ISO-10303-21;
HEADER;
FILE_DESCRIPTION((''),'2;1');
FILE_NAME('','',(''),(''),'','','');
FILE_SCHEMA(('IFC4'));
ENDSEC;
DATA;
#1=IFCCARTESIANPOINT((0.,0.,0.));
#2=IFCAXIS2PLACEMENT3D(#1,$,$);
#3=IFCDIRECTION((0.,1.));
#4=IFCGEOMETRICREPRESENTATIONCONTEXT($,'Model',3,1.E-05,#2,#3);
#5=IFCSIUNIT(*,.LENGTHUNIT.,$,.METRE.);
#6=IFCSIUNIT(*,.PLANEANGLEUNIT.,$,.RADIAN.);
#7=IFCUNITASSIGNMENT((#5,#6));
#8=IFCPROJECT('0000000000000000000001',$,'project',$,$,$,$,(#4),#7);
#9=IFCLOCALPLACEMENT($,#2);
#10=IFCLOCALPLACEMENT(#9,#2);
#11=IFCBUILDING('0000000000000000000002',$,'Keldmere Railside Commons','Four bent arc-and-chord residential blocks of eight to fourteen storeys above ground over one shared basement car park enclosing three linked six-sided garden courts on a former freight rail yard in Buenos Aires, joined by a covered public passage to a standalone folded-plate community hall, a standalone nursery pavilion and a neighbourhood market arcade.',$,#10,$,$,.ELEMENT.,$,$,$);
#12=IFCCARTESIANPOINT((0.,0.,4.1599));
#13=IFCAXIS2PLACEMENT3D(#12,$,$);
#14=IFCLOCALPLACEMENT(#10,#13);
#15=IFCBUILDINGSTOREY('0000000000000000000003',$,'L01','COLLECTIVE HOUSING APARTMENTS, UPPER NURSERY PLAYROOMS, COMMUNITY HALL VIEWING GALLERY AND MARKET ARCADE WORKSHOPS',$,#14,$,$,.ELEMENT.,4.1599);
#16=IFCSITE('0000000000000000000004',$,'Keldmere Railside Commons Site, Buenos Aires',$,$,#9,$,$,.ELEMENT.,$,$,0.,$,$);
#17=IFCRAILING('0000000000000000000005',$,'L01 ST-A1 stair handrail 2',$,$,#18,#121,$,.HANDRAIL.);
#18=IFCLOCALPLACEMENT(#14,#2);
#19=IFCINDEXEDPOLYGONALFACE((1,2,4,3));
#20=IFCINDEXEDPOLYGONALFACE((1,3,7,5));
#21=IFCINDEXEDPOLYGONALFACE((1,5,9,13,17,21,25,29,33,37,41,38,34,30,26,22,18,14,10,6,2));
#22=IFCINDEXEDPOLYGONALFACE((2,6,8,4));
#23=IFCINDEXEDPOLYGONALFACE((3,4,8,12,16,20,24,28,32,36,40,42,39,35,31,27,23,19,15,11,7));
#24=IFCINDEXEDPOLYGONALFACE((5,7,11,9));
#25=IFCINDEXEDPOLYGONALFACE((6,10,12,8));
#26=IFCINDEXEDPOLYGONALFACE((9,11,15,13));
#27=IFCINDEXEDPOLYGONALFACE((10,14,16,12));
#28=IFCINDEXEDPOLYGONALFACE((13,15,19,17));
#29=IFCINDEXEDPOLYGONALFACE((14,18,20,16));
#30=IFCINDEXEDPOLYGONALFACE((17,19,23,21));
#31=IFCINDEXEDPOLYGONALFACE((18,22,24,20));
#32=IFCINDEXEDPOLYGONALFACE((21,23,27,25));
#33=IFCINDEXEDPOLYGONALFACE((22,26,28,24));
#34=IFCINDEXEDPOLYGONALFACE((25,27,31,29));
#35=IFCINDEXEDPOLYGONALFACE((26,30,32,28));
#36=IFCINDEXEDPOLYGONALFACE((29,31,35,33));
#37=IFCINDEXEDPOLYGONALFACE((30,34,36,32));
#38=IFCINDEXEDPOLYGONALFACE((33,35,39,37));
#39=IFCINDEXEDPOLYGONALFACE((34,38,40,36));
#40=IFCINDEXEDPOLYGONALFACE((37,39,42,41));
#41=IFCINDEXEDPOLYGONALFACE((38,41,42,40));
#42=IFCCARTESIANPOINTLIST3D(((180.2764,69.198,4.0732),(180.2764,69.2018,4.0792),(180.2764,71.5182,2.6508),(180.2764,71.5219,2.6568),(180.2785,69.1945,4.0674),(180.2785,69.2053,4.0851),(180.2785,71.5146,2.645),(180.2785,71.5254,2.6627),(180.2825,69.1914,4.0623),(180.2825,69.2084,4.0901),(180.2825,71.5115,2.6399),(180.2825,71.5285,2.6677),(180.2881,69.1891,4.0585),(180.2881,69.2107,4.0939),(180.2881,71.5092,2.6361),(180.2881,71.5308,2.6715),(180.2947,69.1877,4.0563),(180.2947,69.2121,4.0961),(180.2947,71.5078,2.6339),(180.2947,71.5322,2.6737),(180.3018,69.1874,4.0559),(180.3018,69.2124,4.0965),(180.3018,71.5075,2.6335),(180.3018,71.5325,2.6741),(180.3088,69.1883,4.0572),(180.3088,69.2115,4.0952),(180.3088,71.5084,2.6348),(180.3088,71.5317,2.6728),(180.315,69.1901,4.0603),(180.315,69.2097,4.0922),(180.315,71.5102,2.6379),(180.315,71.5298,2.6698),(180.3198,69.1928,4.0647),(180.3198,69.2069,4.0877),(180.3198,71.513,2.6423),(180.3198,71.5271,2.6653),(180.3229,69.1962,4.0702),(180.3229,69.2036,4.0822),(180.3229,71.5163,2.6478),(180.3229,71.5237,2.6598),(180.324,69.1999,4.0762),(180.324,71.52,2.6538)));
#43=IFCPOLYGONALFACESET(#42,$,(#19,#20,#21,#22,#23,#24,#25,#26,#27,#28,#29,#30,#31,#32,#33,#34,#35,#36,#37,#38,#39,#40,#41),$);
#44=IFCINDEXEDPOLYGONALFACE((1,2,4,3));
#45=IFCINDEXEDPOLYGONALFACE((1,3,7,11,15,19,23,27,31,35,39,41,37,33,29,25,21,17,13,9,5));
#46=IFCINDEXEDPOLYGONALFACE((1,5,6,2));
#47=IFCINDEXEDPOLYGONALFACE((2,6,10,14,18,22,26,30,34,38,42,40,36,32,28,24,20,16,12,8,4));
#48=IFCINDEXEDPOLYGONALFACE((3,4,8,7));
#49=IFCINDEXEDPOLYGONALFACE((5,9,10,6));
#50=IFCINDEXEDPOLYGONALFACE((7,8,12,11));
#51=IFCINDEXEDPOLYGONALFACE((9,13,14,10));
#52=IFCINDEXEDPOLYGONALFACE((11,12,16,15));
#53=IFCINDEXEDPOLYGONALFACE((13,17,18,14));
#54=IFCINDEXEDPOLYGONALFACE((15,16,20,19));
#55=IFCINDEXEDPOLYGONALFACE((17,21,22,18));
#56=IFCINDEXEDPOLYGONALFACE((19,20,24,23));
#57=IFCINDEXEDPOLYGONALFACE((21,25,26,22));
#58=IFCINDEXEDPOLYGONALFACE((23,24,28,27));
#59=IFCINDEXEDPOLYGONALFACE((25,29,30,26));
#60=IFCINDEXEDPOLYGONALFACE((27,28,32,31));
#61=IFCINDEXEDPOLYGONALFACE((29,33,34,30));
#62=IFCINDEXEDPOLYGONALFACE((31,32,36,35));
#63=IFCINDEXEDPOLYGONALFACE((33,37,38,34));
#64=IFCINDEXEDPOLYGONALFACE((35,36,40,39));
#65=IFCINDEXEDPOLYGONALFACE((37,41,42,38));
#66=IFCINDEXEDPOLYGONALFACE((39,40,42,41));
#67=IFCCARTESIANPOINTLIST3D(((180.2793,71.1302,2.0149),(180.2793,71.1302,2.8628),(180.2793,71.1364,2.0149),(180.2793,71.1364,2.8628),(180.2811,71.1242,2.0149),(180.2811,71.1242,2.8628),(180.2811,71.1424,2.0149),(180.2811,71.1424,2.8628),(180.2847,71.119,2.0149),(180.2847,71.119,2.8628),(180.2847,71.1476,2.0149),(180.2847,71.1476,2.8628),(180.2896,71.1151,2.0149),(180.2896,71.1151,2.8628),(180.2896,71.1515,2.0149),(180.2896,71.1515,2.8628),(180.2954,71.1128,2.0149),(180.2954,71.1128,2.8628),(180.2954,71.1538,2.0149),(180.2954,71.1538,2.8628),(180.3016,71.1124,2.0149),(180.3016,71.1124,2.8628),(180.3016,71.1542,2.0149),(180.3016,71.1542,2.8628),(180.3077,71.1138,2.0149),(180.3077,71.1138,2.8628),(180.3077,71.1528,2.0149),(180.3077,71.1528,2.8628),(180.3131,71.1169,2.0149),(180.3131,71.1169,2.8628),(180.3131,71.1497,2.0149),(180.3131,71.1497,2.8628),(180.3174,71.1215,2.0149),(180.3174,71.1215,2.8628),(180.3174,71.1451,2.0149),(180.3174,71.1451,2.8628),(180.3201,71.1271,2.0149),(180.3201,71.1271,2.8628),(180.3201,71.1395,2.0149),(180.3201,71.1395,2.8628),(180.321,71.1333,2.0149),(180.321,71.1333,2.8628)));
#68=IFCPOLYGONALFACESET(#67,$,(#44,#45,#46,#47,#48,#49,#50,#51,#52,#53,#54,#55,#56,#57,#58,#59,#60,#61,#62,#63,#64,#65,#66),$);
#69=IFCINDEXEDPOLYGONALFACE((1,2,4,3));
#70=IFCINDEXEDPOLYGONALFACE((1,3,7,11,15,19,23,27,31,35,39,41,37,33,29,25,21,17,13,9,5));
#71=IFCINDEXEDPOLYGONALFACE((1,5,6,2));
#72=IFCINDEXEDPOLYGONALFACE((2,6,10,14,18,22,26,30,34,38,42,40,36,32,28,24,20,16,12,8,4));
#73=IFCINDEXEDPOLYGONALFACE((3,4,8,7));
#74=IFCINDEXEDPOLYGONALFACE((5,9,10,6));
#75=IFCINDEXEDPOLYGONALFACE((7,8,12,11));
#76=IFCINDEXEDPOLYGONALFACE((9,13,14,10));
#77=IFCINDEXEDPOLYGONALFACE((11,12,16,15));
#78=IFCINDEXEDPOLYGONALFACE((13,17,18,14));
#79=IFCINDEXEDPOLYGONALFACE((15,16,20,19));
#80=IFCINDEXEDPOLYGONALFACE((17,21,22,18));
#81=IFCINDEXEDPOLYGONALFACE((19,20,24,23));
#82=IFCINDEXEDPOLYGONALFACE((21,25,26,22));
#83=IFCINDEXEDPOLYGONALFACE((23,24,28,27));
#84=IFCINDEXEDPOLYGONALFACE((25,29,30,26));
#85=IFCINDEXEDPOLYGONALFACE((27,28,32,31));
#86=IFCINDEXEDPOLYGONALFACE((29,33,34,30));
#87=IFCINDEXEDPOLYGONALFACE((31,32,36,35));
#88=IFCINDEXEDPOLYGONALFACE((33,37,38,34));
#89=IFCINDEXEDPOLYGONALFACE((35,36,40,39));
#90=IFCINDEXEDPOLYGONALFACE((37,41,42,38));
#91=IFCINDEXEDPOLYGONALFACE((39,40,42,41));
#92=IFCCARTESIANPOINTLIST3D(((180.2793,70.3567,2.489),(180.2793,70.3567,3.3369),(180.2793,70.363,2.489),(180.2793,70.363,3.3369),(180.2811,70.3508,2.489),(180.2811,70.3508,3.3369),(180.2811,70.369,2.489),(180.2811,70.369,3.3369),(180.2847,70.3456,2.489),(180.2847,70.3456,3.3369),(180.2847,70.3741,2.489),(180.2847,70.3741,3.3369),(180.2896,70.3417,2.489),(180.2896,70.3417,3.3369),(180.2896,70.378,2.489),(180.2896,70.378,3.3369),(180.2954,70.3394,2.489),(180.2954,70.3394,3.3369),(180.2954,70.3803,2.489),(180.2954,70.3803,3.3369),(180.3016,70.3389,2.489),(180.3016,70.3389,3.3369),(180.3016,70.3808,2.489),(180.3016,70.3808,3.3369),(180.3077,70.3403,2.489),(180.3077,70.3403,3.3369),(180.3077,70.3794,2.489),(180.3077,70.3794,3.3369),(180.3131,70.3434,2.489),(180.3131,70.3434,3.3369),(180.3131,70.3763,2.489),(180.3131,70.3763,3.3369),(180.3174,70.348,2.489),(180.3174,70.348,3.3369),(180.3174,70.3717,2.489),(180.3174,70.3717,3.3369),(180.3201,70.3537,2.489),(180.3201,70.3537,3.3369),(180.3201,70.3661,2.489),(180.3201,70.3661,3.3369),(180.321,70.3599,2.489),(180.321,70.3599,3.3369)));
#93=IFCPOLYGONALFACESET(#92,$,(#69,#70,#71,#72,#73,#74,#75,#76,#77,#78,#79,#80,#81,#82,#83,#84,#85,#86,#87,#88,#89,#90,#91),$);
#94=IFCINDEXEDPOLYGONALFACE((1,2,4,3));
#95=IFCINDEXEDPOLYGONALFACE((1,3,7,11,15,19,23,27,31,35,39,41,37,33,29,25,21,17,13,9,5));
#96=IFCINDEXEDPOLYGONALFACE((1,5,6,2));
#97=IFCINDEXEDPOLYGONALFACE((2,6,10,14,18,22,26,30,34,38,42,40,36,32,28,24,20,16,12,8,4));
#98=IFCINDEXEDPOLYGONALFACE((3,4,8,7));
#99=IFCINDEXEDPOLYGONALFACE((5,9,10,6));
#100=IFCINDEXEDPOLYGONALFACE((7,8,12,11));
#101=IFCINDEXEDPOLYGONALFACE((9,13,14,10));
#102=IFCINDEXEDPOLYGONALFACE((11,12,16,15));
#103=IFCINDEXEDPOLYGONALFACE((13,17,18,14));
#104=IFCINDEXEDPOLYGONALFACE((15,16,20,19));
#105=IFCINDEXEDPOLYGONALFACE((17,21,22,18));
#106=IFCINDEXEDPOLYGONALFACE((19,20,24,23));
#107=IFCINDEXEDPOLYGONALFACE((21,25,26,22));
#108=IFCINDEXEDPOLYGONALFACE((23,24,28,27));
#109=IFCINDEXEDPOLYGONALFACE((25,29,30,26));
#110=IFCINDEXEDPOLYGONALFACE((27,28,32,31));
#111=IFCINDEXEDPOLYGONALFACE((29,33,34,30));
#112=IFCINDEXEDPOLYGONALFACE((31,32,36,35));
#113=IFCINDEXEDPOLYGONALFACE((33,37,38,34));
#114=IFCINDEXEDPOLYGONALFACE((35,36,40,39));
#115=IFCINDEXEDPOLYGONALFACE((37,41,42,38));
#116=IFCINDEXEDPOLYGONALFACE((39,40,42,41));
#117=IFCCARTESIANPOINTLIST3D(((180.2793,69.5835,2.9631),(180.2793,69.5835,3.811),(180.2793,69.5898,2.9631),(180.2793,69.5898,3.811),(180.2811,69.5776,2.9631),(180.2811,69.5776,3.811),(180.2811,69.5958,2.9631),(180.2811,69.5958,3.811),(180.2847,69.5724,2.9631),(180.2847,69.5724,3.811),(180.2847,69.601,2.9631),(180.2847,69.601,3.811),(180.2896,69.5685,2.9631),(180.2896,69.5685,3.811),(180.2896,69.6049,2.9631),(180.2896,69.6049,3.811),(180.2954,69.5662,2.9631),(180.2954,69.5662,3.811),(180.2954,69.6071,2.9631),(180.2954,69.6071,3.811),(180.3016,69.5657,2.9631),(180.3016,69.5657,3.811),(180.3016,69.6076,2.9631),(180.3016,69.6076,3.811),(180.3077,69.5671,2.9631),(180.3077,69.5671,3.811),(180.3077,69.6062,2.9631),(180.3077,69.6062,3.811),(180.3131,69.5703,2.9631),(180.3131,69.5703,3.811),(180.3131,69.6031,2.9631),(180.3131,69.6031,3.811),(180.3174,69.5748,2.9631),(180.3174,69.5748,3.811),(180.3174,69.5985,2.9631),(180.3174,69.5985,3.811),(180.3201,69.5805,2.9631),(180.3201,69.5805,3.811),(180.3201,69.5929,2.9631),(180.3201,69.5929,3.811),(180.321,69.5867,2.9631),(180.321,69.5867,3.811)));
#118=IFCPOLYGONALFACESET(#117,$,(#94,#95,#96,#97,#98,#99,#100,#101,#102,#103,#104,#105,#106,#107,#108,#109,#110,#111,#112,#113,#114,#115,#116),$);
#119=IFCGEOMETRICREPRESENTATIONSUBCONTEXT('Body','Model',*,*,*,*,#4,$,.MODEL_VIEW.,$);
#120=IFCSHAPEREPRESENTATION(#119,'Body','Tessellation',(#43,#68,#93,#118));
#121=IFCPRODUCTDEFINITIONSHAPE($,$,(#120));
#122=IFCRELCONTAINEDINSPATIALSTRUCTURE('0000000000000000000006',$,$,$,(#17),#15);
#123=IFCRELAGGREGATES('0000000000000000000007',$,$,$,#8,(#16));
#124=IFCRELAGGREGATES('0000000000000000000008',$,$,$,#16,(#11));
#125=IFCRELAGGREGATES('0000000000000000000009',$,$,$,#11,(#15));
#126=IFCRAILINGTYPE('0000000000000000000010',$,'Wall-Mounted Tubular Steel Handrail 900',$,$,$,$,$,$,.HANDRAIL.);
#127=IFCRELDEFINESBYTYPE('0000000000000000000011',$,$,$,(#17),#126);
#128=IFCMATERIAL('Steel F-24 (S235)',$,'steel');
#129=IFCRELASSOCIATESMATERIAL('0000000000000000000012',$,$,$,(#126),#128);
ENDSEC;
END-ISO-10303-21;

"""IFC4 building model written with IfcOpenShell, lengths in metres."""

from ifc_helpers import new_model, si_unit, direction, frame, origin, origin_2d, place, context, subcontext, project, spatial, circle, extrude, material, type_object, element, save


model = new_model("IFC4")

# Units and contexts
model_context = context("Model", 3, precision=1e-05, world=origin(), true_north=direction((0.0, 1.0)))
body_context = subcontext(model_context, "Body", "Model", "MODEL_VIEW")
ifc_project = project(units=[si_unit("LENGTHUNIT", "METRE"), si_unit("PLANEANGLEUNIT", "RADIAN")], contexts=[model_context])

# Site, building, storey
site_placement = place(None, origin())
site = spatial("IfcSite", under=ifc_project, at=site_placement, Name="Keldmere Railside Commons Site, Buenos Aires", CompositionType="ELEMENT", RefElevation=0.0)
building_placement = place(site_placement, origin())
building = spatial("IfcBuilding", under=site, at=building_placement, Name="Keldmere Railside Commons", Description="Four bent arc-and-chord residential blocks of eight to fourteen storeys above ground over one shared basement car park enclosing three linked six-sided garden courts on a former freight rail yard in Buenos Aires, joined by a covered public passage to a standalone folded-plate community hall, a standalone nursery pavilion and a neighbourhood market arcade.", CompositionType="ELEMENT")
storey_placement = place(building_placement, frame((0.0, 0.0, 4.1599)))
storey = spatial("IfcBuildingStorey", under=building, at=storey_placement, Name="L01", Description="COLLECTIVE HOUSING APARTMENTS, UPPER NURSERY PLAYROOMS, COMMUNITY HALL VIEWING GALLERY AND MARKET ARCADE WORKSHOPS", CompositionType="ELEMENT", Elevation=4.1599)

# Railing
ifc_material_1 = material(Name="Steel F-24 (S235)", Category="steel")
railing_type_1 = type_object("IfcRailingType", Name="Wall-Mounted Tubular Steel Handrail 900", PredefinedType="HANDRAIL", material=ifc_material_1)
railing_1_placement = place(storey_placement, frame((180.3, 71.52, 1.7778)))
element("IfcRailing", 1, at=railing_1_placement, inside=storey, type_object=railing_type_1, Name="L01 ST-A1 stair handrail 2", PredefinedType="HANDRAIL", context=body_context, shape_type="SweptSolid", body=[
    extrude(circle(Radius=0.0239, at=origin_2d()), frame((0.0, 0.0, 0.876), z_axis=(0.0, -0.852538, 0.522665), x_axis=(1.0, 0.0, 0.0)), (0.0, 0.0, 1.0), 2.7214),
    extrude(circle(Radius=0.021, at=origin_2d()), frame((0.0, -0.3867, 0.2371)), (0.0, 0.0, 1.0), 0.8479),
    extrude(circle(Radius=0.021, at=origin_2d()), frame((0.0, -1.1602, 0.7112)), (0.0, 0.0, 1.0), 0.8479),
    extrude(circle(Radius=0.021, at=origin_2d()), frame((0.0, -1.9333, 1.1853)), (0.0, 0.0, 1.0), 0.8479),
])

save(model, "model.ifc")
